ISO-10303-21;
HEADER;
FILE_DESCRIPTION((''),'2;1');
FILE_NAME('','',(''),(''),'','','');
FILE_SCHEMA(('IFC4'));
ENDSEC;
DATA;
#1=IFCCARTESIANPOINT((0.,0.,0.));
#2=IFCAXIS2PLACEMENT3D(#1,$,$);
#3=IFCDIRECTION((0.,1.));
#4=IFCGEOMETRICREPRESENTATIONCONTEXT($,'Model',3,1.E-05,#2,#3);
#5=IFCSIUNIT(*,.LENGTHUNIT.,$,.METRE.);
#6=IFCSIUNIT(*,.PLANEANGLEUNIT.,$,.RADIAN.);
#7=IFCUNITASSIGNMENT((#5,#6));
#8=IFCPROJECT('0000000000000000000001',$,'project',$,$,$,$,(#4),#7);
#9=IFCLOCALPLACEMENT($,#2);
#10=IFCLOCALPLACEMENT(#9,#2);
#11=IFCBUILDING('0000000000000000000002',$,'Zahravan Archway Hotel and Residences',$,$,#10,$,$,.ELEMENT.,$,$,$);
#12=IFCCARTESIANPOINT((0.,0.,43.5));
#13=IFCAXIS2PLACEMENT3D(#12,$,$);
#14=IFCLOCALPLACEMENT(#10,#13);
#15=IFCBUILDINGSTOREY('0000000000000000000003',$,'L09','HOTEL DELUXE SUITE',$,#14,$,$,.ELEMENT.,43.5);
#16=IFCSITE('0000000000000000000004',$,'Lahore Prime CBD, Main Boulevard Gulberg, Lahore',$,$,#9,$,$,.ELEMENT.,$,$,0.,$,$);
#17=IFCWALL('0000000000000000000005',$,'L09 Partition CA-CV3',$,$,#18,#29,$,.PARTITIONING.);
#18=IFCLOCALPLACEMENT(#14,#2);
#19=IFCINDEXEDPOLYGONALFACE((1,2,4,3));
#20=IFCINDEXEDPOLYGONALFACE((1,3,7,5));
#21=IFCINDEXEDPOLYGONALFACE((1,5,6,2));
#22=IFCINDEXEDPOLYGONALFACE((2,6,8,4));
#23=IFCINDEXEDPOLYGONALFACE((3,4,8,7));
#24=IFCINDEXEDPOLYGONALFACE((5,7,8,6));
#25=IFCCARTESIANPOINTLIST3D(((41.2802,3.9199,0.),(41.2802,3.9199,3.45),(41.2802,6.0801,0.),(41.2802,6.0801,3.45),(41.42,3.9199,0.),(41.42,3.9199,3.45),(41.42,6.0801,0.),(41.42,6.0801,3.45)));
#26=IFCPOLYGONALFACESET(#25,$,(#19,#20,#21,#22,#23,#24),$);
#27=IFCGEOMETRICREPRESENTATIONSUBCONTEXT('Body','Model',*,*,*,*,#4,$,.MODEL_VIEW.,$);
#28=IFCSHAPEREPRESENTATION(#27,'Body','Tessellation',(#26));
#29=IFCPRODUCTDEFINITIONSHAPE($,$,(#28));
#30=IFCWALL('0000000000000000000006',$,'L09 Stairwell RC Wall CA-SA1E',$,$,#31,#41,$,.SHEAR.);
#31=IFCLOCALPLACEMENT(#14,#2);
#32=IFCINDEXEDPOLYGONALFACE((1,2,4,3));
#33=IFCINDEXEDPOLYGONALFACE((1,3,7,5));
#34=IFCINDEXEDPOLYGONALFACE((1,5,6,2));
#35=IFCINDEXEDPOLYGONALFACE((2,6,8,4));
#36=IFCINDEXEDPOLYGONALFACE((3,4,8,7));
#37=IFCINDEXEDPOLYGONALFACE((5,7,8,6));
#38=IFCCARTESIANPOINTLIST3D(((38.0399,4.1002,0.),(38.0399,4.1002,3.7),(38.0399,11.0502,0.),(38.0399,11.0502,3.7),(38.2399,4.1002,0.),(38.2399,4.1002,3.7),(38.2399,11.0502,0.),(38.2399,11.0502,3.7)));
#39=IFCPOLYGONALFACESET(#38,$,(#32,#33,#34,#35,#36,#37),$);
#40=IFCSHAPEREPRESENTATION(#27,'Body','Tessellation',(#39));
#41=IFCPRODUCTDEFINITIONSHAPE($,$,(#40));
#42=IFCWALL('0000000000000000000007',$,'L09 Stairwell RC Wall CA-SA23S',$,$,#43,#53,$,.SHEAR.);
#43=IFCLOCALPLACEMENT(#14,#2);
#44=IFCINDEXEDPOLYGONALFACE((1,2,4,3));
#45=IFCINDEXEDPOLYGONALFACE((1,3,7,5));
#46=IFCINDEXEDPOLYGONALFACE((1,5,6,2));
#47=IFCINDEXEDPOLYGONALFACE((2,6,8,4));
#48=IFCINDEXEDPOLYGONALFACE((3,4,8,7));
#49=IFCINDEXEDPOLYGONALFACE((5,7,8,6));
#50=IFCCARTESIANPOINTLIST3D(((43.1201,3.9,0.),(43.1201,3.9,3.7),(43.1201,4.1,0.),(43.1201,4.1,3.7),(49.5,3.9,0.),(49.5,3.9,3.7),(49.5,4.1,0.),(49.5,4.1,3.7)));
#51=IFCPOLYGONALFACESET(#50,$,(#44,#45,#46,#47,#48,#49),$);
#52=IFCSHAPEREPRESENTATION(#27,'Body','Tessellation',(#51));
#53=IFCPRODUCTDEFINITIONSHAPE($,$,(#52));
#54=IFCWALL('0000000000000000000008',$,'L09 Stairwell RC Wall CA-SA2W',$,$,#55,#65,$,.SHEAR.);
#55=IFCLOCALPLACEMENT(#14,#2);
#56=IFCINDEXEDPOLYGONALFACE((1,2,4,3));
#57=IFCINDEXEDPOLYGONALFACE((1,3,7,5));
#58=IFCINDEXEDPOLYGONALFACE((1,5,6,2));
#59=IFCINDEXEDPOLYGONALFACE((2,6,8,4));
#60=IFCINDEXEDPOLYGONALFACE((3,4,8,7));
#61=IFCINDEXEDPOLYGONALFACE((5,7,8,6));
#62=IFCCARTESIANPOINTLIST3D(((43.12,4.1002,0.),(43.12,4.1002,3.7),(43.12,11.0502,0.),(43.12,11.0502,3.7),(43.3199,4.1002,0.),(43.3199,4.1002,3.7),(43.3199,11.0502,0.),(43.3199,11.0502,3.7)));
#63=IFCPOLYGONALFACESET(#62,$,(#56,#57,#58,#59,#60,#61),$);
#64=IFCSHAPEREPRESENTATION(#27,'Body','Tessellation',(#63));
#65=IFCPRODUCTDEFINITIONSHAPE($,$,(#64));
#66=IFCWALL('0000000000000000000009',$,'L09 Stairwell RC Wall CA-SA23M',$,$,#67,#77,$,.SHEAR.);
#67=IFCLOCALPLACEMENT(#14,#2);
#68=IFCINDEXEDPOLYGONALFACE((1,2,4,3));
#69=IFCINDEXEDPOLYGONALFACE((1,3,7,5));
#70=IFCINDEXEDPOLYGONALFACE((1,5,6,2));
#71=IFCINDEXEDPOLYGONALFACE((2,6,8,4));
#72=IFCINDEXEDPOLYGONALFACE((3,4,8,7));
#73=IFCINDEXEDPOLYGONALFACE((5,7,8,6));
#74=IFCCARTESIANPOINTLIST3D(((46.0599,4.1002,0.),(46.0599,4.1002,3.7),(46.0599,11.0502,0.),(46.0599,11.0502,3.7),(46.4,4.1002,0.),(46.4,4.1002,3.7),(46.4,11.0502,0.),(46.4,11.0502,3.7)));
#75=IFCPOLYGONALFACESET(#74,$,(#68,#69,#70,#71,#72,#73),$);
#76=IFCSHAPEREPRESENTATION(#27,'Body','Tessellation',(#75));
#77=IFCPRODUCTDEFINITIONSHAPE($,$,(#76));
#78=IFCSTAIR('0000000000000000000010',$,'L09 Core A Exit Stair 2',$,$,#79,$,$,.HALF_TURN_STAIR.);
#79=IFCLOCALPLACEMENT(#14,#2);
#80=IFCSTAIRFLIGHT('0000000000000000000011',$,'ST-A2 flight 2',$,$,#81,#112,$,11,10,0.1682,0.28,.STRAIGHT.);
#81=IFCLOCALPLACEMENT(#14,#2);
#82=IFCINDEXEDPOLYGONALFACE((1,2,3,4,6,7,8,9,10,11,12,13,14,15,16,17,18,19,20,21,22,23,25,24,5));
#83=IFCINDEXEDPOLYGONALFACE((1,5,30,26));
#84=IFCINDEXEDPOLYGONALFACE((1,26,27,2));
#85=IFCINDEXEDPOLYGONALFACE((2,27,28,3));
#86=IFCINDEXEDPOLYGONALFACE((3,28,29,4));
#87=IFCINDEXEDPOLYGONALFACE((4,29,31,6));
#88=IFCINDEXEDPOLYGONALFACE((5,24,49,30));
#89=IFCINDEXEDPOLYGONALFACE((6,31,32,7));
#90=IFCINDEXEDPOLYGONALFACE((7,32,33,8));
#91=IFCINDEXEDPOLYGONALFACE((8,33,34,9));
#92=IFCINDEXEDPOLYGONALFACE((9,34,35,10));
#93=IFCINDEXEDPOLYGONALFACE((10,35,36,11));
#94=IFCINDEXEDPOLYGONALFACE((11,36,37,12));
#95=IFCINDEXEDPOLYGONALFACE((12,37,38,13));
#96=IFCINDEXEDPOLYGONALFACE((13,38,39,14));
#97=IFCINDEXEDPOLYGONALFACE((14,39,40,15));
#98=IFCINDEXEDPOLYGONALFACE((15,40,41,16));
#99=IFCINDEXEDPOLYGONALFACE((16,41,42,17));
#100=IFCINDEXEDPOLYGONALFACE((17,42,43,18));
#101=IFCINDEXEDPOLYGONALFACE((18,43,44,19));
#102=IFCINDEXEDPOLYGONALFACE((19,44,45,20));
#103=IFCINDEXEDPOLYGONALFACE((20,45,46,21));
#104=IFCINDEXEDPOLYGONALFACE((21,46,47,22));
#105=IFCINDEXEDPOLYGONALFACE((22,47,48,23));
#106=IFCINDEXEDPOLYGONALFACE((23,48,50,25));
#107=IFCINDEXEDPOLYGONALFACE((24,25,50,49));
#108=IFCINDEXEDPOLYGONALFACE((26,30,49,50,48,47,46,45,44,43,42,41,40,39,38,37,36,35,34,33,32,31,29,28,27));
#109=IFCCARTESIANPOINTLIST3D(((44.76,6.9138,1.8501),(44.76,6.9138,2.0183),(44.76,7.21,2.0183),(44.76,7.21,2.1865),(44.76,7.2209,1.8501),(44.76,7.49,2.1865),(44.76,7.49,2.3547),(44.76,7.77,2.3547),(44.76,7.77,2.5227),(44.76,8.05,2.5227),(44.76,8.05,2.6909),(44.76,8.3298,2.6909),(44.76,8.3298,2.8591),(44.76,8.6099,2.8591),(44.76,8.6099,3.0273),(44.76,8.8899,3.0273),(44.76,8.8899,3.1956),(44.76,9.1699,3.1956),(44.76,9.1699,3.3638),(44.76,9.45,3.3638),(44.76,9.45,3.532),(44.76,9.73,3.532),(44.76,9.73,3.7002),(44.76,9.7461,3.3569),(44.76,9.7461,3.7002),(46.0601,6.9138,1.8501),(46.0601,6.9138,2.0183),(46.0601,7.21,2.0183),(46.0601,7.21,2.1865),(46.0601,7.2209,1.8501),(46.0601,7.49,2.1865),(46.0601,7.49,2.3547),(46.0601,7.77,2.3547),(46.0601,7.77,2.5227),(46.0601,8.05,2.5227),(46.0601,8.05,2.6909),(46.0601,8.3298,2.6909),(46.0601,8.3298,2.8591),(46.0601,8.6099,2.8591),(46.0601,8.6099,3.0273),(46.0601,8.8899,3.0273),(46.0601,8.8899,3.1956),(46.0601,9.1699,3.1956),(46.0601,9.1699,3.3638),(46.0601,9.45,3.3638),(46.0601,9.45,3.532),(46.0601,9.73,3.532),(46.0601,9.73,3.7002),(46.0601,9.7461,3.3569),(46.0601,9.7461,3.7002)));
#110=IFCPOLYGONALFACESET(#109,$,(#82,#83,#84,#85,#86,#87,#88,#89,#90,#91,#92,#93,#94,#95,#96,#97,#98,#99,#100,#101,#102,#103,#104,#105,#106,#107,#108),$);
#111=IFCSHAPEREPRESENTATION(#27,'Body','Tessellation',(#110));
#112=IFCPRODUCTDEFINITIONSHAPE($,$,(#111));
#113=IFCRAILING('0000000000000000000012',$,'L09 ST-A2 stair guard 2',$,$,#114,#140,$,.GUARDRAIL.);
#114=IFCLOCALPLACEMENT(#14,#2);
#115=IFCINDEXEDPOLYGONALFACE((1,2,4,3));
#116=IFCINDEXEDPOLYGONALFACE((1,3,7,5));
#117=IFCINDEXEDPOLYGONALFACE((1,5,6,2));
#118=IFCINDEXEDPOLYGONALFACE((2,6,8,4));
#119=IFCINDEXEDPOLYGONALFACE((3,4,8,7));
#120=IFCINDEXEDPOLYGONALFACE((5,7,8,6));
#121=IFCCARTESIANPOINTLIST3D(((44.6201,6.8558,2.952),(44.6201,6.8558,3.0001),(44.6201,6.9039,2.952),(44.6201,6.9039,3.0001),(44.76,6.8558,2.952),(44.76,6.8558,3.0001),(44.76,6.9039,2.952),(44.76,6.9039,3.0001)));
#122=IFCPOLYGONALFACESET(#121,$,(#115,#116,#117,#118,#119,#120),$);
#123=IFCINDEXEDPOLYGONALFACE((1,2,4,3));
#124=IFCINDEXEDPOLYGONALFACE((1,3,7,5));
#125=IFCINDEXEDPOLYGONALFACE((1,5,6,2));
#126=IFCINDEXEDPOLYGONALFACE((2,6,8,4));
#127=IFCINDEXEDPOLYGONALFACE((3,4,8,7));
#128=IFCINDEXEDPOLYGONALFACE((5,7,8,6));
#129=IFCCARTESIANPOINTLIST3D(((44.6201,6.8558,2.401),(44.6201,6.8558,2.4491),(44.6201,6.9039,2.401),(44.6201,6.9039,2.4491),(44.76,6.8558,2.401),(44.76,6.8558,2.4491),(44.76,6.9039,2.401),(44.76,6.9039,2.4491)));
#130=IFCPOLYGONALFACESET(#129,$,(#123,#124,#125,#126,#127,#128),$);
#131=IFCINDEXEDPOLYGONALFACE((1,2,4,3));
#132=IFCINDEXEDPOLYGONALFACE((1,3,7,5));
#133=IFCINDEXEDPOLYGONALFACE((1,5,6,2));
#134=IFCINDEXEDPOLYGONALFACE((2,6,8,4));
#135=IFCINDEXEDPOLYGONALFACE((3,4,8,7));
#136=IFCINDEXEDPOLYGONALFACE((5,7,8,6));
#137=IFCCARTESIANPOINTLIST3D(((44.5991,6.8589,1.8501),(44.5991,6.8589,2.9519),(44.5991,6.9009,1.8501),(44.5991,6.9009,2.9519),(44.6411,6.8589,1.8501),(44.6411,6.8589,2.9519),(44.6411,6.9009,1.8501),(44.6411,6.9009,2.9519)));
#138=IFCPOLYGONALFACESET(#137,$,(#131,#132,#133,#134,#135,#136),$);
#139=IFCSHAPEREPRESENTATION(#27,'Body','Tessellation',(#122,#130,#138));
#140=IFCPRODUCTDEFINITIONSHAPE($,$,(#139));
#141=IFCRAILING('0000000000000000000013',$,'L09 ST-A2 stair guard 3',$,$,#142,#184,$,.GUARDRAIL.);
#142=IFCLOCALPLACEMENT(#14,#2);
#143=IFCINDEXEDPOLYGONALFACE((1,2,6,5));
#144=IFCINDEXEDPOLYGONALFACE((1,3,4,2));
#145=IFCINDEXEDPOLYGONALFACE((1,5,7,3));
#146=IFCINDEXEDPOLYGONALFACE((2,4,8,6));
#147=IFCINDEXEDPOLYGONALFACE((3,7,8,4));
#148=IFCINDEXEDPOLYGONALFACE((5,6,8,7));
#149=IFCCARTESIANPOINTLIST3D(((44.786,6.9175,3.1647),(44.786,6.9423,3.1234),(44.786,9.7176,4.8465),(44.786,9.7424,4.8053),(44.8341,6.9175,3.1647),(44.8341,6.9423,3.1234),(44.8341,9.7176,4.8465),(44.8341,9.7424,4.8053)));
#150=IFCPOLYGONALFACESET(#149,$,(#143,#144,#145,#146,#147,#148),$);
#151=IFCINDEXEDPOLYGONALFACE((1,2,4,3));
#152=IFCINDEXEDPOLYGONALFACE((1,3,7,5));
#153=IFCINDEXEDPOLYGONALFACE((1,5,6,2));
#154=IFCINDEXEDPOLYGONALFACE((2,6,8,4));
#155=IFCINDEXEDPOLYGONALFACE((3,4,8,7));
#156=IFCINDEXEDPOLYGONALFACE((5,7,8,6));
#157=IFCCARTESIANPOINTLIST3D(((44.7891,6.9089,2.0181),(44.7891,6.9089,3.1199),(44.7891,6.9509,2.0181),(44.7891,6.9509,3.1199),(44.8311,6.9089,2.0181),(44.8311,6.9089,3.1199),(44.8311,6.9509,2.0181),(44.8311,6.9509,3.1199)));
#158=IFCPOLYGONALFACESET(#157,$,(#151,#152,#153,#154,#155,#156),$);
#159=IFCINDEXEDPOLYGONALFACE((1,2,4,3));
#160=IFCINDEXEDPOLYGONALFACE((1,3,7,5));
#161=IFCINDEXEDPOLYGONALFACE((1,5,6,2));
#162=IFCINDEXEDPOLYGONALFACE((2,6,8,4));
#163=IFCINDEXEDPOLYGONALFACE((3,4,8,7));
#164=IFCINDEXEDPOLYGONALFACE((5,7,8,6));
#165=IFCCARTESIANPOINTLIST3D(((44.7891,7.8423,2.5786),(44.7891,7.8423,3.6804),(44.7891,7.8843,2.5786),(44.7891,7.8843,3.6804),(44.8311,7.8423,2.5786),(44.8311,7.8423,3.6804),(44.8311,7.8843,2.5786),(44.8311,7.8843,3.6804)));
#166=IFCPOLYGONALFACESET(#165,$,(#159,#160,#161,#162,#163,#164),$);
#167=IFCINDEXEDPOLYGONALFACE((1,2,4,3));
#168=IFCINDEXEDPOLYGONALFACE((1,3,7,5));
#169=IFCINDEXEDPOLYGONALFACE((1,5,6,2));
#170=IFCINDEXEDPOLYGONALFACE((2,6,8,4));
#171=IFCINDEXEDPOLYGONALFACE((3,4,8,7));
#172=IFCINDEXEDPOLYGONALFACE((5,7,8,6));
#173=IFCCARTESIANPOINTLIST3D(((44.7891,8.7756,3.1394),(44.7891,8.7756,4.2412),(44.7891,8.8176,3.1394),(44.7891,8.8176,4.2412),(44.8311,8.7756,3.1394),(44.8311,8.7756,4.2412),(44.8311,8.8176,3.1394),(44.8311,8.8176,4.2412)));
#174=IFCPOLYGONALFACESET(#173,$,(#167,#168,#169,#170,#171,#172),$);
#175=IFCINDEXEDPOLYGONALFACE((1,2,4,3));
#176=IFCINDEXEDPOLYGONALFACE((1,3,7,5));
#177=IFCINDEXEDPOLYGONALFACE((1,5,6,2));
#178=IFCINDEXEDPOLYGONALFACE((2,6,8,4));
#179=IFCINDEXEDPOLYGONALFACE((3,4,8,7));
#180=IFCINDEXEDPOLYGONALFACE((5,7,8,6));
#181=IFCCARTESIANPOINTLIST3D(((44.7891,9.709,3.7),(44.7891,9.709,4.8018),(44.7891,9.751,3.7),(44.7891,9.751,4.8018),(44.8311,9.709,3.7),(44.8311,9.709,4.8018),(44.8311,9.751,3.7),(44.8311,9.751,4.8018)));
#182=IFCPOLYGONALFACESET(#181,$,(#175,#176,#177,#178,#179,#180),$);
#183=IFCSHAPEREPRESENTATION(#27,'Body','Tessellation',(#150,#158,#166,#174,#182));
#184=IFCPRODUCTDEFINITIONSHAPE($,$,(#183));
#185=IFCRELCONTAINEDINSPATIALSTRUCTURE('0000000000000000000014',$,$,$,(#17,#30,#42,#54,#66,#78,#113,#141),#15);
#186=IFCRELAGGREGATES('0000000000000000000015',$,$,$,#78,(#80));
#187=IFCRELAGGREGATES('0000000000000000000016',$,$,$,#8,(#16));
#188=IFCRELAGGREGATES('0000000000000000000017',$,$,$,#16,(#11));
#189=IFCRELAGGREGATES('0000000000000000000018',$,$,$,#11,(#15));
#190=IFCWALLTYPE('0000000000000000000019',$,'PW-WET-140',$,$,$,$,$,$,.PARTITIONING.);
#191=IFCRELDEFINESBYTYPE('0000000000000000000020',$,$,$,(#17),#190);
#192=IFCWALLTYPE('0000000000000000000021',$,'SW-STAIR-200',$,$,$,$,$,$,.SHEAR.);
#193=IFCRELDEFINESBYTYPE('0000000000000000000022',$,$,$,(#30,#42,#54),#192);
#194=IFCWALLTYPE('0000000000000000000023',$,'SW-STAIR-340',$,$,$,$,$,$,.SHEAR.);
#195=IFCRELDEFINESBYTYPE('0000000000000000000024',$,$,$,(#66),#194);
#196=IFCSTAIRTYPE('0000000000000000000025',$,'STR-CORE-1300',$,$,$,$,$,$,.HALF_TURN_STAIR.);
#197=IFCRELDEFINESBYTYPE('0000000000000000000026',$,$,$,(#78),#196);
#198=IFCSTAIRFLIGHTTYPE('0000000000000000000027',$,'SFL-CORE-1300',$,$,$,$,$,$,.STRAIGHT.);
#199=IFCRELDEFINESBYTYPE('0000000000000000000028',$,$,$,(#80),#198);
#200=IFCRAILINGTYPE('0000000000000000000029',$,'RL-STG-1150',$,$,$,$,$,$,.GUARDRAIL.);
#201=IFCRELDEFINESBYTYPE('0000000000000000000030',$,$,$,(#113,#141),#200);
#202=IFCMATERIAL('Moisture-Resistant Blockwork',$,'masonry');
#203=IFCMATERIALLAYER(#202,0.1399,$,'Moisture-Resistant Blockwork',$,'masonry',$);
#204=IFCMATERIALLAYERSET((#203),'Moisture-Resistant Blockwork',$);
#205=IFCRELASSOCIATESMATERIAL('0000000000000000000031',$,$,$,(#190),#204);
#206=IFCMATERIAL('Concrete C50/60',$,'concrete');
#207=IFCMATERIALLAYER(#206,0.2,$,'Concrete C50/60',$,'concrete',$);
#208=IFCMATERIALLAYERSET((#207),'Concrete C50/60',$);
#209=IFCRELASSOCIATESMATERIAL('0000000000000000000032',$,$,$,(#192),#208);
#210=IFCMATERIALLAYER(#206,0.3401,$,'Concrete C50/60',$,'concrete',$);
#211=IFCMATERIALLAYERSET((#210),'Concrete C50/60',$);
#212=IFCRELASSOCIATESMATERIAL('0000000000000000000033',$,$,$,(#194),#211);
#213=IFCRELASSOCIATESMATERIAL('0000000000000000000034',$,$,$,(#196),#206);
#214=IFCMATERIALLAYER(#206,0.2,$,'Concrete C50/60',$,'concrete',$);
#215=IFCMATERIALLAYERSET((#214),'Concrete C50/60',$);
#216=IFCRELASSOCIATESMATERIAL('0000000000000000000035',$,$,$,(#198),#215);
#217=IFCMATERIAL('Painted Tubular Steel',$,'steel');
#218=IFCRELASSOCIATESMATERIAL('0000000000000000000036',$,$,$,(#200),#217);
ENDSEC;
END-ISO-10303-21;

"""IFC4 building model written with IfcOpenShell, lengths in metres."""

from ifc_helpers import new_model, si_unit, direction, frame, frame_2d, origin, origin_2d, place, context, subcontext, project, spatial, polyline, rectangle, outline, extrude, source, transform, mapped, material, layer, layer_set, type_object, element, aggregate, save


model = new_model("IFC4")

# Units and contexts
model_context = context("Model", 3, precision=1e-05, world=origin(), true_north=direction((0.0, 1.0)))
body_context = subcontext(model_context, "Body", "Model", "MODEL_VIEW")
ifc_project = project(units=[si_unit("LENGTHUNIT", "METRE"), si_unit("PLANEANGLEUNIT", "RADIAN")], contexts=[model_context])

# Site, building, storey
site_placement = place(None, origin())
site = spatial("IfcSite", under=ifc_project, at=site_placement, Name="Lahore Prime CBD, Main Boulevard Gulberg, Lahore", CompositionType="ELEMENT", RefElevation=0.0)
building_placement = place(site_placement, origin())
building = spatial("IfcBuilding", under=site, at=building_placement, Name="Zahravan Archway Hotel and Residences", CompositionType="ELEMENT")
storey_placement = place(building_placement, frame((0.0, 0.0, 43.5)))
storey = spatial("IfcBuildingStorey", under=building, at=storey_placement, Name="L09", Description="HOTEL DELUXE SUITE", CompositionType="ELEMENT", Elevation=43.5)

# Walls
ifc_material_1 = material(Name="Moisture-Resistant Blockwork", Category="masonry")
ifc_layer_1 = layer(ifc_material_1, 0.1399, Name="Moisture-Resistant Blockwork", Category="masonry")
ifc_layer_set_1 = layer_set([ifc_layer_1], Name="Moisture-Resistant Blockwork")
wall_type_1 = type_object("IfcWallType", Name="PW-WET-140", PredefinedType="PARTITIONING", material=ifc_layer_set_1)
wall_1_placement = place(storey_placement, frame((41.3501, 3.9199, 0.0), z_axis=(0.0, 0.0, 1.0), x_axis=(0.0, 1.0, 0.0)))
element("IfcWall", 1, at=wall_1_placement, inside=storey, type_object=wall_type_1, Name="L09 Partition CA-CV3", PredefinedType="PARTITIONING", context=body_context, shape_type="SweptSolid", body=[
    extrude(rectangle(XDim=2.1602, YDim=0.1399, at=frame_2d((1.0801, 0.0))), origin(), (0.0, 0.0, 1.0), 3.45),
])
ifc_material_2 = material(Name="Concrete C50/60", Category="concrete")
ifc_layer_2 = layer(ifc_material_2, 0.2, Name="Concrete C50/60", Category="concrete")
ifc_layer_set_2 = layer_set([ifc_layer_2], Name="Concrete C50/60")
wall_type_2 = type_object("IfcWallType", Name="SW-STAIR-200", PredefinedType="SHEAR", material=ifc_layer_set_2)
wall_2_placement = place(storey_placement, frame((38.1399, 4.1001, 0.0), z_axis=(0.0, 0.0, 1.0), x_axis=(0.0, 1.0, 0.0)))
element("IfcWall", 2, at=wall_2_placement, inside=storey, type_object=wall_type_2, Name="L09 Stairwell RC Wall CA-SA1E", PredefinedType="SHEAR", context=body_context, shape_type="SweptSolid", body=[
    extrude(rectangle(XDim=6.95, YDim=0.2, at=frame_2d((3.4751, 0.0))), origin(), (0.0, 0.0, 1.0), 3.7),
])
wall_3_placement = place(storey_placement, frame((43.1201, 4.0, 0.0), z_axis=(0.0, 0.0, 1.0), x_axis=(1.0, 0.0, 0.0)))
element("IfcWall", 3, at=wall_3_placement, inside=storey, type_object=wall_type_2, Name="L09 Stairwell RC Wall CA-SA23S", PredefinedType="SHEAR", context=body_context, shape_type="SweptSolid", body=[
    extrude(rectangle(XDim=6.3799, YDim=0.2, at=frame_2d((3.1899, 0.0))), origin(), (0.0, 0.0, 1.0), 3.7),
])
wall_4_placement = place(storey_placement, frame((43.22, 4.1001, 0.0), z_axis=(0.0, 0.0, 1.0), x_axis=(0.0, 1.0, 0.0)))
element("IfcWall", 4, at=wall_4_placement, inside=storey, type_object=wall_type_2, Name="L09 Stairwell RC Wall CA-SA2W", PredefinedType="SHEAR", context=body_context, shape_type="SweptSolid", body=[
    extrude(rectangle(XDim=6.95, YDim=0.2, at=frame_2d((3.4751, 0.0))), origin(), (0.0, 0.0, 1.0), 3.7),
])
ifc_layer_3 = layer(ifc_material_2, 0.3401, Name="Concrete C50/60", Category="concrete")
ifc_layer_set_3 = layer_set([ifc_layer_3], Name="Concrete C50/60")
wall_type_3 = type_object("IfcWallType", Name="SW-STAIR-340", PredefinedType="SHEAR", material=ifc_layer_set_3)
wall_5_placement = place(storey_placement, frame((46.23, 4.1001, 0.0), z_axis=(0.0, 0.0, 1.0), x_axis=(0.0, 1.0, 0.0)))
element("IfcWall", 5, at=wall_5_placement, inside=storey, type_object=wall_type_3, Name="L09 Stairwell RC Wall CA-SA23M", PredefinedType="SHEAR", context=body_context, shape_type="SweptSolid", body=[
    extrude(rectangle(XDim=6.95, YDim=0.3401, at=frame_2d((3.4751, 0.0))), origin(), (0.0, 0.0, 1.0), 3.7),
])

# Stair, stair flight
stair_type = type_object("IfcStairType", Name="STR-CORE-1300", PredefinedType="HALF_TURN_STAIR", material=ifc_material_2)
stair_placement = place(storey_placement, origin())
stair = element("IfcStair", 6, at=stair_placement, inside=storey, type_object=stair_type, Name="L09 Core A Exit Stair 2", PredefinedType="HALF_TURN_STAIR")
ifc_layer_4 = layer(ifc_material_2, 0.2, Name="Concrete C50/60", Category="concrete")
ifc_layer_set_4 = layer_set([ifc_layer_4], Name="Concrete C50/60")
stair_flight_type = type_object("IfcStairFlightType", Name="SFL-CORE-1300", PredefinedType="STRAIGHT", material=ifc_layer_set_4)
shared_shape_1 = source(origin(), body_context, "Body", "SweptSolid", [
    extrude(outline(polyline([(-0.0161, 0.0), (-0.0161, 0.1682), (0.28, 0.1682), (0.28, 0.3364), (0.5601, 0.3364), (0.5601, 0.5046), (0.8401, 0.5046), (0.8401, 0.6726), (1.1201, 0.6726), (1.1201, 0.8408), (1.3999, 0.8408), (1.3999, 1.009), (1.6799, 1.009), (1.6799, 1.1772), (1.96, 1.1772), (1.96, 1.3455), (2.24, 1.3455), (2.24, 1.5137), (2.52, 1.5137), (2.52, 1.6819), (2.8, 1.6819), (2.8, 1.8501), (2.8162, 1.8501), (2.8162, 1.5068), (0.291, 0.0), (-0.0161, 0.0)])), frame((0.0, 0.6499, 0.0), z_axis=(0.0, -1.0, 0.0), x_axis=(1.0, 0.0, 0.0)), (0.0, 0.0, 1.0), 1.3),
])
stair_flight_placement = place(storey_placement, frame((45.4099, 6.9299, 1.8501), z_axis=(0.0, 0.0, 1.0), x_axis=(0.0, 1.0, 0.0)))
stair_flight = element("IfcStairFlight", 7, at=stair_flight_placement, type_object=stair_flight_type, Name="ST-A2 flight 2", NumberOfRisers=11, NumberOfTreads=10, PredefinedType="STRAIGHT", RiserHeight=0.1682, TreadLength=0.28, context=body_context, shape_type="MappedRepresentation", body=[
    mapped(shared_shape_1, transform((0.0, 0.0, 0.0), scale=1.0)),
])
aggregate(stair, [stair_flight])

# Railings
ifc_material_3 = material(Name="Painted Tubular Steel", Category="steel")
railing_type_1 = type_object("IfcRailingType", Name="RL-STG-1150", PredefinedType="GUARDRAIL", material=ifc_material_3)
railing_1_placement = place(storey_placement, frame((44.6201, 6.8799, 1.8501)))
element("IfcRailing", 8, at=railing_1_placement, inside=storey, type_object=railing_type_1, Name="L09 ST-A2 stair guard 2", PredefinedType="GUARDRAIL", context=body_context, shape_type="SweptSolid", body=[
    extrude(rectangle(XDim=0.0481, YDim=0.0481, at=origin_2d()), frame((0.0, 0.0, 1.126), z_axis=(1.0, 0.0, 0.0), x_axis=(0.0, 1.0, 0.0)), (0.0, 0.0, 1.0), 0.1399),
    extrude(rectangle(XDim=0.0481, YDim=0.0481, at=origin_2d()), frame((0.0, 0.0, 0.575), z_axis=(1.0, 0.0, 0.0), x_axis=(0.0, 1.0, 0.0)), (0.0, 0.0, 1.0), 0.1399),
    extrude(rectangle(XDim=0.042, YDim=0.042, at=origin_2d()), origin(), (0.0, 0.0, 1.0), 1.1018),
])
railing_2_placement = place(storey_placement, frame((44.8101, 6.9299, 2.0181)))
element("IfcRailing", 9, at=railing_2_placement, inside=storey, type_object=railing_type_1, Name="L09 ST-A2 stair guard 3", PredefinedType="GUARDRAIL", context=body_context, shape_type="SweptSolid", body=[
    extrude(rectangle(XDim=0.0481, YDim=0.0481, at=origin_2d()), frame((0.0, 0.0, 1.126), z_axis=(0.0, 0.857242, 0.514913), x_axis=(-1.0, 0.0, 0.0)), (0.0, 0.0, 1.0), 3.2664),
    extrude(rectangle(XDim=0.042, YDim=0.042, at=origin_2d()), origin(), (0.0, 0.0, 1.0), 1.1018),
    extrude(rectangle(XDim=0.042, YDim=0.042, at=origin_2d()), frame((0.0, 0.9333, 0.5605)), (0.0, 0.0, 1.0), 1.1018),
    extrude(rectangle(XDim=0.042, YDim=0.042, at=origin_2d()), frame((0.0, 1.8667, 1.1213)), (0.0, 0.0, 1.0), 1.1018),
    extrude(rectangle(XDim=0.042, YDim=0.042, at=origin_2d()), frame((0.0, 2.8, 1.6819)), (0.0, 0.0, 1.0), 1.1018),
])

save(model, "model.ifc")
